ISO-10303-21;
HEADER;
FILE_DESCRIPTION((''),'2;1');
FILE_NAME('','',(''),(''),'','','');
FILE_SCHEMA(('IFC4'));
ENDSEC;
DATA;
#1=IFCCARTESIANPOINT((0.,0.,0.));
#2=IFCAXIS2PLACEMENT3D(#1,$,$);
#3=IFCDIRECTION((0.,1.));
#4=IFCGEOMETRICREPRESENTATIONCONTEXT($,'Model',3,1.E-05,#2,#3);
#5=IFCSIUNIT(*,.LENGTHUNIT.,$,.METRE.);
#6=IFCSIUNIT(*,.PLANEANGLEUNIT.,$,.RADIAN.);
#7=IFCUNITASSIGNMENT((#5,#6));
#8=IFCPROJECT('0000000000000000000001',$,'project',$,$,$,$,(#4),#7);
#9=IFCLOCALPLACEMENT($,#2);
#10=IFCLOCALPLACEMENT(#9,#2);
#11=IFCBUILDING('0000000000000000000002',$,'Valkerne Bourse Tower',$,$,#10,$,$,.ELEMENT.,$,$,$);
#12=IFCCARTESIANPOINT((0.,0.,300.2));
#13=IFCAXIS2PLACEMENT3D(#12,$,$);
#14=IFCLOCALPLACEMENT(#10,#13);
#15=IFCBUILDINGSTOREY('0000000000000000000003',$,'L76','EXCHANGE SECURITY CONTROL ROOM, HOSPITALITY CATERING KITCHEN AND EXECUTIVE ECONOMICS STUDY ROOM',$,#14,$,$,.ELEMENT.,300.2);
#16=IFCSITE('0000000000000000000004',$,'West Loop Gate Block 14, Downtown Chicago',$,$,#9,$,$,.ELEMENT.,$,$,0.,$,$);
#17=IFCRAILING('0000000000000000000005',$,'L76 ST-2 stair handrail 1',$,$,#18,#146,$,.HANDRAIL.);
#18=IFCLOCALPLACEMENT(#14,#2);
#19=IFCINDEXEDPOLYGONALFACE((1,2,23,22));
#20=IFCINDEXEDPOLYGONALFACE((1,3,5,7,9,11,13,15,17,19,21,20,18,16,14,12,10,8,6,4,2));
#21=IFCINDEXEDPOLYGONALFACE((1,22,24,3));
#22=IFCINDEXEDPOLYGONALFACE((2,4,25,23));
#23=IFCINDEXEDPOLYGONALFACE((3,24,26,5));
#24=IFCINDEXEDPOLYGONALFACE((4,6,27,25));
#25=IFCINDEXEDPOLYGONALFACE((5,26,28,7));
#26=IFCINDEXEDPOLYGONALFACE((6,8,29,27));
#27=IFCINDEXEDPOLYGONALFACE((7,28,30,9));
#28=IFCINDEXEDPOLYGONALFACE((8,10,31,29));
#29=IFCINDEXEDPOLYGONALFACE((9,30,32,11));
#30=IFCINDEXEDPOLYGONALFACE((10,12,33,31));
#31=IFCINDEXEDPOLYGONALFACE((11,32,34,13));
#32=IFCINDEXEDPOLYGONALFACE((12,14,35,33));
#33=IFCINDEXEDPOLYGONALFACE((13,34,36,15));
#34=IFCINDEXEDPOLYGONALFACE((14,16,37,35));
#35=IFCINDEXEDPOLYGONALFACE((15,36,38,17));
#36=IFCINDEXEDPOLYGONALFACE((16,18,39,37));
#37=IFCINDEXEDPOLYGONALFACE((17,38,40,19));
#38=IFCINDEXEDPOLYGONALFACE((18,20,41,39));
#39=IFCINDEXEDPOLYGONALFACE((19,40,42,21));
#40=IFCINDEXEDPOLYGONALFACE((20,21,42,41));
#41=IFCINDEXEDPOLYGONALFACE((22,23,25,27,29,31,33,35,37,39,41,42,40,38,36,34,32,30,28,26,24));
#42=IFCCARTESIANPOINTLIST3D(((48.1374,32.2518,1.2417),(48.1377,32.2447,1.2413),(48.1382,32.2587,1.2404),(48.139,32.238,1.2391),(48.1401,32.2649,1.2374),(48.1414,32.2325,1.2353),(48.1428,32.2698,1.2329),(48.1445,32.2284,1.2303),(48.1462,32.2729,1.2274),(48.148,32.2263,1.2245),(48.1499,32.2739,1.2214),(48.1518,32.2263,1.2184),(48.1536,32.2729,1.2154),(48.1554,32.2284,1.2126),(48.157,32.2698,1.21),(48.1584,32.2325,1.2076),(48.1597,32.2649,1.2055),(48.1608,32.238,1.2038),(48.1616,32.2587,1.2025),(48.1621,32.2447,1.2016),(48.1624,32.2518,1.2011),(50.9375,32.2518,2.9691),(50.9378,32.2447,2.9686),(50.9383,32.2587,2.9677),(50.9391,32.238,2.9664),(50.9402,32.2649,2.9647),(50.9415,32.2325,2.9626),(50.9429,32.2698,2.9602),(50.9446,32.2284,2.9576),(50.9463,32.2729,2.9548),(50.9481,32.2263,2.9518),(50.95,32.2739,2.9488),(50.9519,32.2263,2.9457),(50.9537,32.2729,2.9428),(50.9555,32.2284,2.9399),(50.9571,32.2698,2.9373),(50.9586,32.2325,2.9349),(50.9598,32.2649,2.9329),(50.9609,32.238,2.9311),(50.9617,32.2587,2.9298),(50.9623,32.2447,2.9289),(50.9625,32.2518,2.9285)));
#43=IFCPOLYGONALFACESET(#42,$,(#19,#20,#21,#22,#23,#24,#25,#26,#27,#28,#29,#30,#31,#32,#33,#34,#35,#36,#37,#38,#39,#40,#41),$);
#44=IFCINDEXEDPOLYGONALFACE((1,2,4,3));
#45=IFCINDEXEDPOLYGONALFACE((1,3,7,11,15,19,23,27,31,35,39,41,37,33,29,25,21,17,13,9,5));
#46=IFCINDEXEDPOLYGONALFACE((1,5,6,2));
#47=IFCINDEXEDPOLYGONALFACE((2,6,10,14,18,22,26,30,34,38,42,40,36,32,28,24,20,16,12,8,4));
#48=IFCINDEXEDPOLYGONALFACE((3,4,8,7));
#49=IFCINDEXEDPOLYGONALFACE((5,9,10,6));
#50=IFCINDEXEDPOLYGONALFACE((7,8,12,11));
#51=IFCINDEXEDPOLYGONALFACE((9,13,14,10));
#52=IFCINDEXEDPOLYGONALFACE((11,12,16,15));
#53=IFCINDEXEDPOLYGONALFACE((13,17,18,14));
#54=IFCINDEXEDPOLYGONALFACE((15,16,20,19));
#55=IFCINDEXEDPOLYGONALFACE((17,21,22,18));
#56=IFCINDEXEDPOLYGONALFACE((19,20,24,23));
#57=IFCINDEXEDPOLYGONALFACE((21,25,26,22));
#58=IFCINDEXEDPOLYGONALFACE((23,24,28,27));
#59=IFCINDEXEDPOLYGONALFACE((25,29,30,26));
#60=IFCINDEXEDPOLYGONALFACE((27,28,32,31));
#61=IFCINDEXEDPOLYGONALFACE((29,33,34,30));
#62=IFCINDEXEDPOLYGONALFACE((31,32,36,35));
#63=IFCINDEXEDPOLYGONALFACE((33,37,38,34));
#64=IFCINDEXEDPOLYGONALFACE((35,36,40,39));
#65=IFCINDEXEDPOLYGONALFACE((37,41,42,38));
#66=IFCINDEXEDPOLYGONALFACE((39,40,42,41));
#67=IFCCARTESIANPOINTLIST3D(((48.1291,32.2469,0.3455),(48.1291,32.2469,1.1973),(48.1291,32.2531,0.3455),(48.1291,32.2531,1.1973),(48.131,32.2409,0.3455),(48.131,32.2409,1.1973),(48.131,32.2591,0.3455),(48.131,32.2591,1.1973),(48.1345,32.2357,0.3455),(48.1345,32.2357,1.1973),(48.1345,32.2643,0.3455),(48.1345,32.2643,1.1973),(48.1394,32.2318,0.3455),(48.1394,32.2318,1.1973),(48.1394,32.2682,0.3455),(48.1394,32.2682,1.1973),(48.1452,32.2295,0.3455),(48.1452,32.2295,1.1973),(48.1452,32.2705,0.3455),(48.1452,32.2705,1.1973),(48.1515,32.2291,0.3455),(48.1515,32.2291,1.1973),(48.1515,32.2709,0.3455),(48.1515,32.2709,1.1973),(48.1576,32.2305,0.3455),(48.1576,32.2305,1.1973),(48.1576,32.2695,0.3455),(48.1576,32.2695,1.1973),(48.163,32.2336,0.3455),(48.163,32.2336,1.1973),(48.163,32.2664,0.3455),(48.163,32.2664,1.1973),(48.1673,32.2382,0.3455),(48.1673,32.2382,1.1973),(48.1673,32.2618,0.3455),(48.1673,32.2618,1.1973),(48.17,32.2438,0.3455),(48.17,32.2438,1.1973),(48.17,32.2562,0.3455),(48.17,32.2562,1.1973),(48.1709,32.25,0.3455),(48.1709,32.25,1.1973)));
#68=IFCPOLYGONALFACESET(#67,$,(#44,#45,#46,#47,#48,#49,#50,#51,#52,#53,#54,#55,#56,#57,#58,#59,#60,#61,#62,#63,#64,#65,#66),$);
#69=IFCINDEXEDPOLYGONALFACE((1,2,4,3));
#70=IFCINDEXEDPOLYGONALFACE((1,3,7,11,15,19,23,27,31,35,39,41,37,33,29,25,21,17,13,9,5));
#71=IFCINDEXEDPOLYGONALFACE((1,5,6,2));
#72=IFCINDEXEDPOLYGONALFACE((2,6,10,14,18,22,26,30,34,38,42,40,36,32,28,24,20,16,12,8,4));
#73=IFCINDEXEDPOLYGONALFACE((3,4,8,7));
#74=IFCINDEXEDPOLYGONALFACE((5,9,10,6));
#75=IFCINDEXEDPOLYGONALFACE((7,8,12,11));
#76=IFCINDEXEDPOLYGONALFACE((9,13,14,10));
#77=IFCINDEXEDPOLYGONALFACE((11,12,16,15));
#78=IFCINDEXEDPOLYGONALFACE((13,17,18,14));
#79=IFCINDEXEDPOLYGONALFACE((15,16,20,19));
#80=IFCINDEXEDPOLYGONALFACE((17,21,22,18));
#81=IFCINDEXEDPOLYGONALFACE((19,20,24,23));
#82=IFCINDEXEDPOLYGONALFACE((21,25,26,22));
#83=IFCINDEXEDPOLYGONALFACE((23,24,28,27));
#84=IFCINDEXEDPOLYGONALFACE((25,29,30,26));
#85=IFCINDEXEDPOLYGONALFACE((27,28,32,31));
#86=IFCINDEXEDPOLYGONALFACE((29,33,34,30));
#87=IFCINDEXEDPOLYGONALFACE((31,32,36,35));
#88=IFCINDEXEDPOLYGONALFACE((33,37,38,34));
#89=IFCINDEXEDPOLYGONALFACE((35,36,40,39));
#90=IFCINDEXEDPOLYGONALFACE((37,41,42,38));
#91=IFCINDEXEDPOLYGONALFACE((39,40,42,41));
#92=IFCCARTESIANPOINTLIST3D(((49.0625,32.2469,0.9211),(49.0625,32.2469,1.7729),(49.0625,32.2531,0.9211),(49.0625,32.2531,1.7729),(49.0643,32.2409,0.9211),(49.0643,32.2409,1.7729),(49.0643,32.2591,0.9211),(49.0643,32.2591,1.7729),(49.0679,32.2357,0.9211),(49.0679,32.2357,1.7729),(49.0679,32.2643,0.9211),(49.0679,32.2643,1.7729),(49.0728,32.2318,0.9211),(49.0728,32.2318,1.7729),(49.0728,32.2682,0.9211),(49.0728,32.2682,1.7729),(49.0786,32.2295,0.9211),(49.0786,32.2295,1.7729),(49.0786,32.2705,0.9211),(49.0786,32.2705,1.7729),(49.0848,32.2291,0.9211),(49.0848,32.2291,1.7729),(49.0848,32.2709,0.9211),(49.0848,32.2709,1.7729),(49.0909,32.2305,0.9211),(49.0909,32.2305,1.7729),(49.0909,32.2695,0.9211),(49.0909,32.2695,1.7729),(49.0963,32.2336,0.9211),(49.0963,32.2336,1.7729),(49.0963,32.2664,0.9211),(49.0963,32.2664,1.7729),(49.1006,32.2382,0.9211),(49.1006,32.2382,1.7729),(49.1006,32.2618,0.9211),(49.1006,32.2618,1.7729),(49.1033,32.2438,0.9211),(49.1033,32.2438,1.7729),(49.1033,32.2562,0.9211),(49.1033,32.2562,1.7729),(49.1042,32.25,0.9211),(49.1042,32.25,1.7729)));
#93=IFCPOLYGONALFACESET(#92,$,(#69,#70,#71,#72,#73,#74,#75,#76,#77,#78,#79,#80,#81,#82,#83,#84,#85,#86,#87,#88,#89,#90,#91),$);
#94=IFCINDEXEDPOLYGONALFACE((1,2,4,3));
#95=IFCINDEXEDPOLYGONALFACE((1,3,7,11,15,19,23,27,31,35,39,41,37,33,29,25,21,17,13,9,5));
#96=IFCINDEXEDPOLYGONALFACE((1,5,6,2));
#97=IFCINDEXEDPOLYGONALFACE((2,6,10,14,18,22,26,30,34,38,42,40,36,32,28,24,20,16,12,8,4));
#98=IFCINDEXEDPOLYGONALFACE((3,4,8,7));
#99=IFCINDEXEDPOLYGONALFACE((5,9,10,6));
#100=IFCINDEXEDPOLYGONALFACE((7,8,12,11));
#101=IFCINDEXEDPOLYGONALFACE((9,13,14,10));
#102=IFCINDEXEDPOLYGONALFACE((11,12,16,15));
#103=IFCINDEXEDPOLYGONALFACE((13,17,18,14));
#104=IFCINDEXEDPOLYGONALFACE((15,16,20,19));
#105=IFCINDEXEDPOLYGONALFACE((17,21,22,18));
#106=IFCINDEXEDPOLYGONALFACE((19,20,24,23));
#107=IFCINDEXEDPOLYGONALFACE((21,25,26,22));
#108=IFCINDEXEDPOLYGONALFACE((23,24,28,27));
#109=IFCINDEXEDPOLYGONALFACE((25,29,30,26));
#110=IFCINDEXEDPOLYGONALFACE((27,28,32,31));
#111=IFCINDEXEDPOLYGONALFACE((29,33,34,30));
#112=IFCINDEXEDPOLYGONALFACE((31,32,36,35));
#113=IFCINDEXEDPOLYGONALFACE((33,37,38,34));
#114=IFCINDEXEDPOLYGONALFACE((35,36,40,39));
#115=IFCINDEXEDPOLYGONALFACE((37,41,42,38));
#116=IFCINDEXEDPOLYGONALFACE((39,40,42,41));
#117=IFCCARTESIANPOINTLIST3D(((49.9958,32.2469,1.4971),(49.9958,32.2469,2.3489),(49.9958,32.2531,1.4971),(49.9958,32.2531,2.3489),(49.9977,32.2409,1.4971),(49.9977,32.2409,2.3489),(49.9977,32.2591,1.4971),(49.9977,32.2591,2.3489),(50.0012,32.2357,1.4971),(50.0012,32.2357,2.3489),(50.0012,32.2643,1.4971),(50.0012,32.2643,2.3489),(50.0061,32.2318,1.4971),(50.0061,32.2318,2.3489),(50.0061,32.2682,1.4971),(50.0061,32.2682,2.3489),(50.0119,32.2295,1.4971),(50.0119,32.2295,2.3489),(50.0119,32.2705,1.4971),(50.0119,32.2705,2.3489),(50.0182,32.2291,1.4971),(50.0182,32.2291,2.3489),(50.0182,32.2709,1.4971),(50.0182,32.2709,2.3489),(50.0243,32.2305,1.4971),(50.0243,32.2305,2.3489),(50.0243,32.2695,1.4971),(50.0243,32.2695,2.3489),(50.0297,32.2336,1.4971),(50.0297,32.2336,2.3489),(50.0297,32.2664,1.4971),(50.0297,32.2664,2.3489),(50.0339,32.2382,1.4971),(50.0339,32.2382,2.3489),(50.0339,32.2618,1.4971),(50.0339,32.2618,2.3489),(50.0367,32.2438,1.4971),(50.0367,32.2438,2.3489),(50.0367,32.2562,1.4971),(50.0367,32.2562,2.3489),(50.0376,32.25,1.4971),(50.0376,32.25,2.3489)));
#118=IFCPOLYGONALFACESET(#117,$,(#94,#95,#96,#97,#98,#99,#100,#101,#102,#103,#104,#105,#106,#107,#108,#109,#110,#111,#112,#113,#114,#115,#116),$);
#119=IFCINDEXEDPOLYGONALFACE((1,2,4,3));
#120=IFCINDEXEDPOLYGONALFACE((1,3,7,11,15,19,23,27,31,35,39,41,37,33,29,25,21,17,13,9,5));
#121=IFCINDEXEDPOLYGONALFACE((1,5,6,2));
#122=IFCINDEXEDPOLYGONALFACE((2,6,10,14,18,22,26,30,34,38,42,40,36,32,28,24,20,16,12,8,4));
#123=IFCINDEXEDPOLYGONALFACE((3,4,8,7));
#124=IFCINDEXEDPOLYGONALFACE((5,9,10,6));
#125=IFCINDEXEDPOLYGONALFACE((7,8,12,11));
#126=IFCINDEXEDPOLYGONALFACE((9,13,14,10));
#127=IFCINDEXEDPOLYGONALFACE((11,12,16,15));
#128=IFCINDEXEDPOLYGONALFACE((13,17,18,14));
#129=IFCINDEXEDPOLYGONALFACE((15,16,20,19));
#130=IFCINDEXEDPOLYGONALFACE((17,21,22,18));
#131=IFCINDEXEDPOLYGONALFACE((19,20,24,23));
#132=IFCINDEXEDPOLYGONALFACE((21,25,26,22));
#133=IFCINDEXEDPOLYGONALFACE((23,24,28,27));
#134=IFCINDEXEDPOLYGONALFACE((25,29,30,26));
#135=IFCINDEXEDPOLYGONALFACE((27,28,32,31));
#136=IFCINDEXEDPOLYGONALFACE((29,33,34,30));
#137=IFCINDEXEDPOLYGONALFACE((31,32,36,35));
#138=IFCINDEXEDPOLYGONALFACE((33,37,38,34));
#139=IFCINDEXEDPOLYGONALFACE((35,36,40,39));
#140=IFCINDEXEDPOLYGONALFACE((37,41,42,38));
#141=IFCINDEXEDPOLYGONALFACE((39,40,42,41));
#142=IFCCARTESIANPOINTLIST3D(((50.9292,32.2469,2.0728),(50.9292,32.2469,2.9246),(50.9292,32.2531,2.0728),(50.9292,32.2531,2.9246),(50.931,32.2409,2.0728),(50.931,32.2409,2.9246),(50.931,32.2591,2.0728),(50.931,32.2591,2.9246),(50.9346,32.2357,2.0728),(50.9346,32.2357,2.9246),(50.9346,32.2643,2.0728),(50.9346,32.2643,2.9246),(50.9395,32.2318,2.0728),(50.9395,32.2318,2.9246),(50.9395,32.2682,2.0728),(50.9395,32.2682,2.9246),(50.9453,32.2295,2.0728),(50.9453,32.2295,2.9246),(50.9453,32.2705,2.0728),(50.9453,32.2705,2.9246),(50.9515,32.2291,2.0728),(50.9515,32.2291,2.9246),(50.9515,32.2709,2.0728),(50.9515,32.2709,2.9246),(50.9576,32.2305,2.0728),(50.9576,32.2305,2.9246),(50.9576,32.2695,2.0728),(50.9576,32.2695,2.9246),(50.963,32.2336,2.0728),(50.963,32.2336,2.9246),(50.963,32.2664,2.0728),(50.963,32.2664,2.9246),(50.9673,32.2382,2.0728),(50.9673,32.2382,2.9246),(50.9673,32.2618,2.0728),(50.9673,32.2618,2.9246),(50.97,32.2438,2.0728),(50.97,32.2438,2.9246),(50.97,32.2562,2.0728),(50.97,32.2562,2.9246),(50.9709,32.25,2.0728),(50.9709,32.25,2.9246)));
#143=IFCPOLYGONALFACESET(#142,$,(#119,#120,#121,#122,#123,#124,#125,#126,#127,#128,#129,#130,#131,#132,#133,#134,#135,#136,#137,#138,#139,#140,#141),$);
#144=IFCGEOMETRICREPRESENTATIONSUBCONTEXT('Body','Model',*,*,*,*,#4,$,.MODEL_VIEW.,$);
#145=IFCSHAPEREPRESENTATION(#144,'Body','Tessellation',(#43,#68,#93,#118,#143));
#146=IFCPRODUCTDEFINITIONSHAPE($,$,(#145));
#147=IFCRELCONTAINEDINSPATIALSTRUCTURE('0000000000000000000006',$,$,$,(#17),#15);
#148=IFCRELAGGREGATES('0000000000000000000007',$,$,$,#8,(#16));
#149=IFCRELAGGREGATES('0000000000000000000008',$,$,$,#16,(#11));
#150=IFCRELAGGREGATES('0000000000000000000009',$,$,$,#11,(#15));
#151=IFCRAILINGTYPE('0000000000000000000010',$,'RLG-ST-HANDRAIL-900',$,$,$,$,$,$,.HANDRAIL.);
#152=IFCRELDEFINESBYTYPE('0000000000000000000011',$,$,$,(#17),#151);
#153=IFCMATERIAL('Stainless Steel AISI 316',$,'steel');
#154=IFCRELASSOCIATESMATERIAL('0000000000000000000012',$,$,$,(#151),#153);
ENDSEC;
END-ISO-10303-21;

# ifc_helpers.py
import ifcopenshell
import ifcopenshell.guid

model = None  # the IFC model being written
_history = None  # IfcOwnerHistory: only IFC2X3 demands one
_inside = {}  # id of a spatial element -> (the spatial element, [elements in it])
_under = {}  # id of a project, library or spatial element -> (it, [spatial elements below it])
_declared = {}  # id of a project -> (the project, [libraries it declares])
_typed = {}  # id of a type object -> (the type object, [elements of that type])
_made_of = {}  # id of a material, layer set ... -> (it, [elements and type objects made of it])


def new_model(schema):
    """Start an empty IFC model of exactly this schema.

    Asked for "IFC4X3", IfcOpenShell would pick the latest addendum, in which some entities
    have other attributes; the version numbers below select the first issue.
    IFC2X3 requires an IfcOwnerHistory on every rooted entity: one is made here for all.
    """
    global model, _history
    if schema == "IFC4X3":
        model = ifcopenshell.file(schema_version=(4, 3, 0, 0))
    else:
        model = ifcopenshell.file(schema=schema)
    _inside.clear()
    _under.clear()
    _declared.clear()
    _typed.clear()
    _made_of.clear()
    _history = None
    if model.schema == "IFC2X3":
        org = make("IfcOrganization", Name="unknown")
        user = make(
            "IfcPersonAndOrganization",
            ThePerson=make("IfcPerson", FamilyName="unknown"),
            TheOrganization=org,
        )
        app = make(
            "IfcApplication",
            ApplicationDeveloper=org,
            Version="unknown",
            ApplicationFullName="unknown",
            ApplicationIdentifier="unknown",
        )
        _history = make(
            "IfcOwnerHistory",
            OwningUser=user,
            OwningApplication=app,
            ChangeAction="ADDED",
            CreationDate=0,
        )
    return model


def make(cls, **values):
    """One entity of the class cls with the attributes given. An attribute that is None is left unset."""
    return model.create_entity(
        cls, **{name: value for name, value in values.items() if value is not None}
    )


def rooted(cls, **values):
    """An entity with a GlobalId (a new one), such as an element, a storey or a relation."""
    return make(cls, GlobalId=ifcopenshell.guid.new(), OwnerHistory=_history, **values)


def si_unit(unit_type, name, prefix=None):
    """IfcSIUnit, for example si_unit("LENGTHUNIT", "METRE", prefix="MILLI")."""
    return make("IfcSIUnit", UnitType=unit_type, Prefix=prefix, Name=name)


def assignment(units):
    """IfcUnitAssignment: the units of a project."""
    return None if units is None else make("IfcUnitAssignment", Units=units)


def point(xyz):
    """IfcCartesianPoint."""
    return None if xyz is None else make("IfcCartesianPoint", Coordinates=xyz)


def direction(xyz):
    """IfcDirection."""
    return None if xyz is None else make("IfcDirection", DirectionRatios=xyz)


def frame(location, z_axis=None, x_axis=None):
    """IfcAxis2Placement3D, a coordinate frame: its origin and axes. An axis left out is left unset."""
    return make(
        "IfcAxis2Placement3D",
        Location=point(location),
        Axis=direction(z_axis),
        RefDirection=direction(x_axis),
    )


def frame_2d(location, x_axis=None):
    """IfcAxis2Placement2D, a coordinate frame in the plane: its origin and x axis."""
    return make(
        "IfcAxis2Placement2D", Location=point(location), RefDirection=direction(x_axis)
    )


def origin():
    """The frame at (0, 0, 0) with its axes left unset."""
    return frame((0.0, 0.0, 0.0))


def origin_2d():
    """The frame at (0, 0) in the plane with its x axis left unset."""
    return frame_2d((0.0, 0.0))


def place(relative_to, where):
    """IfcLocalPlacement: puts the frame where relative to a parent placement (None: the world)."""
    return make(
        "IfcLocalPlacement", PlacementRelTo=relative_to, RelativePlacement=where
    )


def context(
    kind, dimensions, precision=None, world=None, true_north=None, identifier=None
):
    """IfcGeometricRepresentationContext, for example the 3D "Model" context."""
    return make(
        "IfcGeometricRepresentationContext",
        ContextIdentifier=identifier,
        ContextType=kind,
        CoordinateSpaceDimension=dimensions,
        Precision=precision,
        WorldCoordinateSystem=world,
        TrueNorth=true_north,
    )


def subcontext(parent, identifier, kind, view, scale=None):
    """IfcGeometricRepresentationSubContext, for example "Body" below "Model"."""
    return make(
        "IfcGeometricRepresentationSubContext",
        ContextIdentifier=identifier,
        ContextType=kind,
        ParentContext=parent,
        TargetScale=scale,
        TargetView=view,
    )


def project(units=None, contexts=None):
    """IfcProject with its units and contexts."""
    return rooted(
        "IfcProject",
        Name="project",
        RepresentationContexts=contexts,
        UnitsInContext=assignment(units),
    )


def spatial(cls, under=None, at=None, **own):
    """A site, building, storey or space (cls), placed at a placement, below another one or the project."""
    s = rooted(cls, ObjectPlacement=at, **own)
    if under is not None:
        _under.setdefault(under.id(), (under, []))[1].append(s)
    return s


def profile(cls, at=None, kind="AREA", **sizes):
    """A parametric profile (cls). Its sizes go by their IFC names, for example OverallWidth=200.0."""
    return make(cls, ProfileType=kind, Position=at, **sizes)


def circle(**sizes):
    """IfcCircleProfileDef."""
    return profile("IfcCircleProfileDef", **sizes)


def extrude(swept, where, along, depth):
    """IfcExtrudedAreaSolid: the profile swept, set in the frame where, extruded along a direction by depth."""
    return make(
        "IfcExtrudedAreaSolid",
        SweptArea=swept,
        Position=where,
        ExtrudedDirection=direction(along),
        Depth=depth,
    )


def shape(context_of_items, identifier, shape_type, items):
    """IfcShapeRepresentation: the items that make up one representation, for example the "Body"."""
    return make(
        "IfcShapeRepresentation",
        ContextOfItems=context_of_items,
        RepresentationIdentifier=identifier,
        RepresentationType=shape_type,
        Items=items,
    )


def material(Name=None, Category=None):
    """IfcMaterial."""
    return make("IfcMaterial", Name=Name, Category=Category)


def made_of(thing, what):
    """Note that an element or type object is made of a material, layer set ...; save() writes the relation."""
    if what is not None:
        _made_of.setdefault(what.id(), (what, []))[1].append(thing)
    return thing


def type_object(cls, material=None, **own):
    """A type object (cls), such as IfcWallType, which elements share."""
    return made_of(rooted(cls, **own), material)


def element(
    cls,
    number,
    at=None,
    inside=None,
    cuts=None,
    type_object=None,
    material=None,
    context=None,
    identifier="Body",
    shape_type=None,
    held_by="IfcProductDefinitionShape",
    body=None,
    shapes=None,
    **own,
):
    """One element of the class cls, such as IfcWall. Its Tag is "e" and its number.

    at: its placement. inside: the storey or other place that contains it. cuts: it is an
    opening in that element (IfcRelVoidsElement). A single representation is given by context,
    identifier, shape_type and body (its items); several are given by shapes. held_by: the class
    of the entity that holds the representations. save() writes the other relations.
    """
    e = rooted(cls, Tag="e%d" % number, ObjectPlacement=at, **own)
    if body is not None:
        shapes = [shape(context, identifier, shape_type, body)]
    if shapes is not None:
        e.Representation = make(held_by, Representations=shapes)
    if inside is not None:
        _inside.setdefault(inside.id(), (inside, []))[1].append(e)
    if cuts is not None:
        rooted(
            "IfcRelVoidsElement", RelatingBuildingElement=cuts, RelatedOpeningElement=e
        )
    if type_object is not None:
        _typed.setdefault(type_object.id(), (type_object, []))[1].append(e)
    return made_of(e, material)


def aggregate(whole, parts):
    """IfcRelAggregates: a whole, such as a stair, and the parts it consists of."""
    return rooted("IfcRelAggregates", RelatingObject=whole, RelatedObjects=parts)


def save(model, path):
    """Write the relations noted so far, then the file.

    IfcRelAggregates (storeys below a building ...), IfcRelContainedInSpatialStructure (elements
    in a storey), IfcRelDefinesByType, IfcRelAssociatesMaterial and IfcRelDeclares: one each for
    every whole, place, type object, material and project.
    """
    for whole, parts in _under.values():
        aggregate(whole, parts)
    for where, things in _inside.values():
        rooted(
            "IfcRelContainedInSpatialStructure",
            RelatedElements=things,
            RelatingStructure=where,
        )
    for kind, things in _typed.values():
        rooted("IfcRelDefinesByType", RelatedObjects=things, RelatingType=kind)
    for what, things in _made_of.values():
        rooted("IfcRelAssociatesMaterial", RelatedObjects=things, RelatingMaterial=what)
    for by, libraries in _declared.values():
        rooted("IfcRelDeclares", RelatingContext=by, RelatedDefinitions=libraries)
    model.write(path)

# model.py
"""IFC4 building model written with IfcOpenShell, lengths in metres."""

from ifc_helpers import new_model, si_unit, direction, frame, origin, origin_2d, place, context, subcontext, project, spatial, circle, extrude, material, type_object, element, save


model = new_model("IFC4")

# Units and contexts
model_context = context("Model", 3, precision=1e-05, world=origin(), true_north=direction((0.0, 1.0)))
body_context = subcontext(model_context, "Body", "Model", "MODEL_VIEW")
ifc_project = project(units=[si_unit("LENGTHUNIT", "METRE"), si_unit("PLANEANGLEUNIT", "RADIAN")], contexts=[model_context])

# Site, building, storey
site_placement = place(None, origin())
site = spatial("IfcSite", under=ifc_project, at=site_placement, Name="West Loop Gate Block 14, Downtown Chicago", CompositionType="ELEMENT", RefElevation=0.0)
building_placement = place(site_placement, origin())
building = spatial("IfcBuilding", under=site, at=building_placement, Name="Valkerne Bourse Tower", CompositionType="ELEMENT")
storey_placement = place(building_placement, frame((0.0, 0.0, 300.2)))
storey = spatial("IfcBuildingStorey", under=building, at=storey_placement, Name="L76", Description="EXCHANGE SECURITY CONTROL ROOM, HOSPITALITY CATERING KITCHEN AND EXECUTIVE ECONOMICS STUDY ROOM", CompositionType="ELEMENT", Elevation=300.2)

# Shared definitions
ifc_material_1 = material(Name="Stainless Steel AISI 316", Category="steel")

# Railing
railing_type_1 = type_object("IfcRailingType", Name="RLG-ST-HANDRAIL-900", PredefinedType="HANDRAIL", material=ifc_material_1)
railing_1_placement = place(storey_placement, frame((48.1499, 32.25, 0.3455)))
element("IfcRailing", 1, at=railing_1_placement, inside=storey, type_object=railing_type_1, Name="L76 ST-2 stair handrail 1", PredefinedType="HANDRAIL", context=body_context, shape_type="SweptSolid", body=[
    extrude(circle(Radius=0.0239, at=origin_2d()), frame((0.0, 0.0, 0.876), z_axis=(0.85109, 0.0, 0.52502), x_axis=(0.0, 1.0, 0.0)), (0.0, 0.0, 1.0), 3.29),
    extrude(circle(Radius=0.021, at=origin_2d()), origin(), (0.0, 0.0, 1.0), 0.8518),
    extrude(circle(Radius=0.021, at=origin_2d()), frame((0.9333, 0.0, 0.5757)), (0.0, 0.0, 1.0), 0.8518),
    extrude(circle(Radius=0.021, at=origin_2d()), frame((1.8667, 0.0, 1.1516)), (0.0, 0.0, 1.0), 0.8518),
    extrude(circle(Radius=0.021, at=origin_2d()), frame((2.8, 0.0, 1.7273)), (0.0, 0.0, 1.0), 0.8518),
])

save(model, "model.ifc")
